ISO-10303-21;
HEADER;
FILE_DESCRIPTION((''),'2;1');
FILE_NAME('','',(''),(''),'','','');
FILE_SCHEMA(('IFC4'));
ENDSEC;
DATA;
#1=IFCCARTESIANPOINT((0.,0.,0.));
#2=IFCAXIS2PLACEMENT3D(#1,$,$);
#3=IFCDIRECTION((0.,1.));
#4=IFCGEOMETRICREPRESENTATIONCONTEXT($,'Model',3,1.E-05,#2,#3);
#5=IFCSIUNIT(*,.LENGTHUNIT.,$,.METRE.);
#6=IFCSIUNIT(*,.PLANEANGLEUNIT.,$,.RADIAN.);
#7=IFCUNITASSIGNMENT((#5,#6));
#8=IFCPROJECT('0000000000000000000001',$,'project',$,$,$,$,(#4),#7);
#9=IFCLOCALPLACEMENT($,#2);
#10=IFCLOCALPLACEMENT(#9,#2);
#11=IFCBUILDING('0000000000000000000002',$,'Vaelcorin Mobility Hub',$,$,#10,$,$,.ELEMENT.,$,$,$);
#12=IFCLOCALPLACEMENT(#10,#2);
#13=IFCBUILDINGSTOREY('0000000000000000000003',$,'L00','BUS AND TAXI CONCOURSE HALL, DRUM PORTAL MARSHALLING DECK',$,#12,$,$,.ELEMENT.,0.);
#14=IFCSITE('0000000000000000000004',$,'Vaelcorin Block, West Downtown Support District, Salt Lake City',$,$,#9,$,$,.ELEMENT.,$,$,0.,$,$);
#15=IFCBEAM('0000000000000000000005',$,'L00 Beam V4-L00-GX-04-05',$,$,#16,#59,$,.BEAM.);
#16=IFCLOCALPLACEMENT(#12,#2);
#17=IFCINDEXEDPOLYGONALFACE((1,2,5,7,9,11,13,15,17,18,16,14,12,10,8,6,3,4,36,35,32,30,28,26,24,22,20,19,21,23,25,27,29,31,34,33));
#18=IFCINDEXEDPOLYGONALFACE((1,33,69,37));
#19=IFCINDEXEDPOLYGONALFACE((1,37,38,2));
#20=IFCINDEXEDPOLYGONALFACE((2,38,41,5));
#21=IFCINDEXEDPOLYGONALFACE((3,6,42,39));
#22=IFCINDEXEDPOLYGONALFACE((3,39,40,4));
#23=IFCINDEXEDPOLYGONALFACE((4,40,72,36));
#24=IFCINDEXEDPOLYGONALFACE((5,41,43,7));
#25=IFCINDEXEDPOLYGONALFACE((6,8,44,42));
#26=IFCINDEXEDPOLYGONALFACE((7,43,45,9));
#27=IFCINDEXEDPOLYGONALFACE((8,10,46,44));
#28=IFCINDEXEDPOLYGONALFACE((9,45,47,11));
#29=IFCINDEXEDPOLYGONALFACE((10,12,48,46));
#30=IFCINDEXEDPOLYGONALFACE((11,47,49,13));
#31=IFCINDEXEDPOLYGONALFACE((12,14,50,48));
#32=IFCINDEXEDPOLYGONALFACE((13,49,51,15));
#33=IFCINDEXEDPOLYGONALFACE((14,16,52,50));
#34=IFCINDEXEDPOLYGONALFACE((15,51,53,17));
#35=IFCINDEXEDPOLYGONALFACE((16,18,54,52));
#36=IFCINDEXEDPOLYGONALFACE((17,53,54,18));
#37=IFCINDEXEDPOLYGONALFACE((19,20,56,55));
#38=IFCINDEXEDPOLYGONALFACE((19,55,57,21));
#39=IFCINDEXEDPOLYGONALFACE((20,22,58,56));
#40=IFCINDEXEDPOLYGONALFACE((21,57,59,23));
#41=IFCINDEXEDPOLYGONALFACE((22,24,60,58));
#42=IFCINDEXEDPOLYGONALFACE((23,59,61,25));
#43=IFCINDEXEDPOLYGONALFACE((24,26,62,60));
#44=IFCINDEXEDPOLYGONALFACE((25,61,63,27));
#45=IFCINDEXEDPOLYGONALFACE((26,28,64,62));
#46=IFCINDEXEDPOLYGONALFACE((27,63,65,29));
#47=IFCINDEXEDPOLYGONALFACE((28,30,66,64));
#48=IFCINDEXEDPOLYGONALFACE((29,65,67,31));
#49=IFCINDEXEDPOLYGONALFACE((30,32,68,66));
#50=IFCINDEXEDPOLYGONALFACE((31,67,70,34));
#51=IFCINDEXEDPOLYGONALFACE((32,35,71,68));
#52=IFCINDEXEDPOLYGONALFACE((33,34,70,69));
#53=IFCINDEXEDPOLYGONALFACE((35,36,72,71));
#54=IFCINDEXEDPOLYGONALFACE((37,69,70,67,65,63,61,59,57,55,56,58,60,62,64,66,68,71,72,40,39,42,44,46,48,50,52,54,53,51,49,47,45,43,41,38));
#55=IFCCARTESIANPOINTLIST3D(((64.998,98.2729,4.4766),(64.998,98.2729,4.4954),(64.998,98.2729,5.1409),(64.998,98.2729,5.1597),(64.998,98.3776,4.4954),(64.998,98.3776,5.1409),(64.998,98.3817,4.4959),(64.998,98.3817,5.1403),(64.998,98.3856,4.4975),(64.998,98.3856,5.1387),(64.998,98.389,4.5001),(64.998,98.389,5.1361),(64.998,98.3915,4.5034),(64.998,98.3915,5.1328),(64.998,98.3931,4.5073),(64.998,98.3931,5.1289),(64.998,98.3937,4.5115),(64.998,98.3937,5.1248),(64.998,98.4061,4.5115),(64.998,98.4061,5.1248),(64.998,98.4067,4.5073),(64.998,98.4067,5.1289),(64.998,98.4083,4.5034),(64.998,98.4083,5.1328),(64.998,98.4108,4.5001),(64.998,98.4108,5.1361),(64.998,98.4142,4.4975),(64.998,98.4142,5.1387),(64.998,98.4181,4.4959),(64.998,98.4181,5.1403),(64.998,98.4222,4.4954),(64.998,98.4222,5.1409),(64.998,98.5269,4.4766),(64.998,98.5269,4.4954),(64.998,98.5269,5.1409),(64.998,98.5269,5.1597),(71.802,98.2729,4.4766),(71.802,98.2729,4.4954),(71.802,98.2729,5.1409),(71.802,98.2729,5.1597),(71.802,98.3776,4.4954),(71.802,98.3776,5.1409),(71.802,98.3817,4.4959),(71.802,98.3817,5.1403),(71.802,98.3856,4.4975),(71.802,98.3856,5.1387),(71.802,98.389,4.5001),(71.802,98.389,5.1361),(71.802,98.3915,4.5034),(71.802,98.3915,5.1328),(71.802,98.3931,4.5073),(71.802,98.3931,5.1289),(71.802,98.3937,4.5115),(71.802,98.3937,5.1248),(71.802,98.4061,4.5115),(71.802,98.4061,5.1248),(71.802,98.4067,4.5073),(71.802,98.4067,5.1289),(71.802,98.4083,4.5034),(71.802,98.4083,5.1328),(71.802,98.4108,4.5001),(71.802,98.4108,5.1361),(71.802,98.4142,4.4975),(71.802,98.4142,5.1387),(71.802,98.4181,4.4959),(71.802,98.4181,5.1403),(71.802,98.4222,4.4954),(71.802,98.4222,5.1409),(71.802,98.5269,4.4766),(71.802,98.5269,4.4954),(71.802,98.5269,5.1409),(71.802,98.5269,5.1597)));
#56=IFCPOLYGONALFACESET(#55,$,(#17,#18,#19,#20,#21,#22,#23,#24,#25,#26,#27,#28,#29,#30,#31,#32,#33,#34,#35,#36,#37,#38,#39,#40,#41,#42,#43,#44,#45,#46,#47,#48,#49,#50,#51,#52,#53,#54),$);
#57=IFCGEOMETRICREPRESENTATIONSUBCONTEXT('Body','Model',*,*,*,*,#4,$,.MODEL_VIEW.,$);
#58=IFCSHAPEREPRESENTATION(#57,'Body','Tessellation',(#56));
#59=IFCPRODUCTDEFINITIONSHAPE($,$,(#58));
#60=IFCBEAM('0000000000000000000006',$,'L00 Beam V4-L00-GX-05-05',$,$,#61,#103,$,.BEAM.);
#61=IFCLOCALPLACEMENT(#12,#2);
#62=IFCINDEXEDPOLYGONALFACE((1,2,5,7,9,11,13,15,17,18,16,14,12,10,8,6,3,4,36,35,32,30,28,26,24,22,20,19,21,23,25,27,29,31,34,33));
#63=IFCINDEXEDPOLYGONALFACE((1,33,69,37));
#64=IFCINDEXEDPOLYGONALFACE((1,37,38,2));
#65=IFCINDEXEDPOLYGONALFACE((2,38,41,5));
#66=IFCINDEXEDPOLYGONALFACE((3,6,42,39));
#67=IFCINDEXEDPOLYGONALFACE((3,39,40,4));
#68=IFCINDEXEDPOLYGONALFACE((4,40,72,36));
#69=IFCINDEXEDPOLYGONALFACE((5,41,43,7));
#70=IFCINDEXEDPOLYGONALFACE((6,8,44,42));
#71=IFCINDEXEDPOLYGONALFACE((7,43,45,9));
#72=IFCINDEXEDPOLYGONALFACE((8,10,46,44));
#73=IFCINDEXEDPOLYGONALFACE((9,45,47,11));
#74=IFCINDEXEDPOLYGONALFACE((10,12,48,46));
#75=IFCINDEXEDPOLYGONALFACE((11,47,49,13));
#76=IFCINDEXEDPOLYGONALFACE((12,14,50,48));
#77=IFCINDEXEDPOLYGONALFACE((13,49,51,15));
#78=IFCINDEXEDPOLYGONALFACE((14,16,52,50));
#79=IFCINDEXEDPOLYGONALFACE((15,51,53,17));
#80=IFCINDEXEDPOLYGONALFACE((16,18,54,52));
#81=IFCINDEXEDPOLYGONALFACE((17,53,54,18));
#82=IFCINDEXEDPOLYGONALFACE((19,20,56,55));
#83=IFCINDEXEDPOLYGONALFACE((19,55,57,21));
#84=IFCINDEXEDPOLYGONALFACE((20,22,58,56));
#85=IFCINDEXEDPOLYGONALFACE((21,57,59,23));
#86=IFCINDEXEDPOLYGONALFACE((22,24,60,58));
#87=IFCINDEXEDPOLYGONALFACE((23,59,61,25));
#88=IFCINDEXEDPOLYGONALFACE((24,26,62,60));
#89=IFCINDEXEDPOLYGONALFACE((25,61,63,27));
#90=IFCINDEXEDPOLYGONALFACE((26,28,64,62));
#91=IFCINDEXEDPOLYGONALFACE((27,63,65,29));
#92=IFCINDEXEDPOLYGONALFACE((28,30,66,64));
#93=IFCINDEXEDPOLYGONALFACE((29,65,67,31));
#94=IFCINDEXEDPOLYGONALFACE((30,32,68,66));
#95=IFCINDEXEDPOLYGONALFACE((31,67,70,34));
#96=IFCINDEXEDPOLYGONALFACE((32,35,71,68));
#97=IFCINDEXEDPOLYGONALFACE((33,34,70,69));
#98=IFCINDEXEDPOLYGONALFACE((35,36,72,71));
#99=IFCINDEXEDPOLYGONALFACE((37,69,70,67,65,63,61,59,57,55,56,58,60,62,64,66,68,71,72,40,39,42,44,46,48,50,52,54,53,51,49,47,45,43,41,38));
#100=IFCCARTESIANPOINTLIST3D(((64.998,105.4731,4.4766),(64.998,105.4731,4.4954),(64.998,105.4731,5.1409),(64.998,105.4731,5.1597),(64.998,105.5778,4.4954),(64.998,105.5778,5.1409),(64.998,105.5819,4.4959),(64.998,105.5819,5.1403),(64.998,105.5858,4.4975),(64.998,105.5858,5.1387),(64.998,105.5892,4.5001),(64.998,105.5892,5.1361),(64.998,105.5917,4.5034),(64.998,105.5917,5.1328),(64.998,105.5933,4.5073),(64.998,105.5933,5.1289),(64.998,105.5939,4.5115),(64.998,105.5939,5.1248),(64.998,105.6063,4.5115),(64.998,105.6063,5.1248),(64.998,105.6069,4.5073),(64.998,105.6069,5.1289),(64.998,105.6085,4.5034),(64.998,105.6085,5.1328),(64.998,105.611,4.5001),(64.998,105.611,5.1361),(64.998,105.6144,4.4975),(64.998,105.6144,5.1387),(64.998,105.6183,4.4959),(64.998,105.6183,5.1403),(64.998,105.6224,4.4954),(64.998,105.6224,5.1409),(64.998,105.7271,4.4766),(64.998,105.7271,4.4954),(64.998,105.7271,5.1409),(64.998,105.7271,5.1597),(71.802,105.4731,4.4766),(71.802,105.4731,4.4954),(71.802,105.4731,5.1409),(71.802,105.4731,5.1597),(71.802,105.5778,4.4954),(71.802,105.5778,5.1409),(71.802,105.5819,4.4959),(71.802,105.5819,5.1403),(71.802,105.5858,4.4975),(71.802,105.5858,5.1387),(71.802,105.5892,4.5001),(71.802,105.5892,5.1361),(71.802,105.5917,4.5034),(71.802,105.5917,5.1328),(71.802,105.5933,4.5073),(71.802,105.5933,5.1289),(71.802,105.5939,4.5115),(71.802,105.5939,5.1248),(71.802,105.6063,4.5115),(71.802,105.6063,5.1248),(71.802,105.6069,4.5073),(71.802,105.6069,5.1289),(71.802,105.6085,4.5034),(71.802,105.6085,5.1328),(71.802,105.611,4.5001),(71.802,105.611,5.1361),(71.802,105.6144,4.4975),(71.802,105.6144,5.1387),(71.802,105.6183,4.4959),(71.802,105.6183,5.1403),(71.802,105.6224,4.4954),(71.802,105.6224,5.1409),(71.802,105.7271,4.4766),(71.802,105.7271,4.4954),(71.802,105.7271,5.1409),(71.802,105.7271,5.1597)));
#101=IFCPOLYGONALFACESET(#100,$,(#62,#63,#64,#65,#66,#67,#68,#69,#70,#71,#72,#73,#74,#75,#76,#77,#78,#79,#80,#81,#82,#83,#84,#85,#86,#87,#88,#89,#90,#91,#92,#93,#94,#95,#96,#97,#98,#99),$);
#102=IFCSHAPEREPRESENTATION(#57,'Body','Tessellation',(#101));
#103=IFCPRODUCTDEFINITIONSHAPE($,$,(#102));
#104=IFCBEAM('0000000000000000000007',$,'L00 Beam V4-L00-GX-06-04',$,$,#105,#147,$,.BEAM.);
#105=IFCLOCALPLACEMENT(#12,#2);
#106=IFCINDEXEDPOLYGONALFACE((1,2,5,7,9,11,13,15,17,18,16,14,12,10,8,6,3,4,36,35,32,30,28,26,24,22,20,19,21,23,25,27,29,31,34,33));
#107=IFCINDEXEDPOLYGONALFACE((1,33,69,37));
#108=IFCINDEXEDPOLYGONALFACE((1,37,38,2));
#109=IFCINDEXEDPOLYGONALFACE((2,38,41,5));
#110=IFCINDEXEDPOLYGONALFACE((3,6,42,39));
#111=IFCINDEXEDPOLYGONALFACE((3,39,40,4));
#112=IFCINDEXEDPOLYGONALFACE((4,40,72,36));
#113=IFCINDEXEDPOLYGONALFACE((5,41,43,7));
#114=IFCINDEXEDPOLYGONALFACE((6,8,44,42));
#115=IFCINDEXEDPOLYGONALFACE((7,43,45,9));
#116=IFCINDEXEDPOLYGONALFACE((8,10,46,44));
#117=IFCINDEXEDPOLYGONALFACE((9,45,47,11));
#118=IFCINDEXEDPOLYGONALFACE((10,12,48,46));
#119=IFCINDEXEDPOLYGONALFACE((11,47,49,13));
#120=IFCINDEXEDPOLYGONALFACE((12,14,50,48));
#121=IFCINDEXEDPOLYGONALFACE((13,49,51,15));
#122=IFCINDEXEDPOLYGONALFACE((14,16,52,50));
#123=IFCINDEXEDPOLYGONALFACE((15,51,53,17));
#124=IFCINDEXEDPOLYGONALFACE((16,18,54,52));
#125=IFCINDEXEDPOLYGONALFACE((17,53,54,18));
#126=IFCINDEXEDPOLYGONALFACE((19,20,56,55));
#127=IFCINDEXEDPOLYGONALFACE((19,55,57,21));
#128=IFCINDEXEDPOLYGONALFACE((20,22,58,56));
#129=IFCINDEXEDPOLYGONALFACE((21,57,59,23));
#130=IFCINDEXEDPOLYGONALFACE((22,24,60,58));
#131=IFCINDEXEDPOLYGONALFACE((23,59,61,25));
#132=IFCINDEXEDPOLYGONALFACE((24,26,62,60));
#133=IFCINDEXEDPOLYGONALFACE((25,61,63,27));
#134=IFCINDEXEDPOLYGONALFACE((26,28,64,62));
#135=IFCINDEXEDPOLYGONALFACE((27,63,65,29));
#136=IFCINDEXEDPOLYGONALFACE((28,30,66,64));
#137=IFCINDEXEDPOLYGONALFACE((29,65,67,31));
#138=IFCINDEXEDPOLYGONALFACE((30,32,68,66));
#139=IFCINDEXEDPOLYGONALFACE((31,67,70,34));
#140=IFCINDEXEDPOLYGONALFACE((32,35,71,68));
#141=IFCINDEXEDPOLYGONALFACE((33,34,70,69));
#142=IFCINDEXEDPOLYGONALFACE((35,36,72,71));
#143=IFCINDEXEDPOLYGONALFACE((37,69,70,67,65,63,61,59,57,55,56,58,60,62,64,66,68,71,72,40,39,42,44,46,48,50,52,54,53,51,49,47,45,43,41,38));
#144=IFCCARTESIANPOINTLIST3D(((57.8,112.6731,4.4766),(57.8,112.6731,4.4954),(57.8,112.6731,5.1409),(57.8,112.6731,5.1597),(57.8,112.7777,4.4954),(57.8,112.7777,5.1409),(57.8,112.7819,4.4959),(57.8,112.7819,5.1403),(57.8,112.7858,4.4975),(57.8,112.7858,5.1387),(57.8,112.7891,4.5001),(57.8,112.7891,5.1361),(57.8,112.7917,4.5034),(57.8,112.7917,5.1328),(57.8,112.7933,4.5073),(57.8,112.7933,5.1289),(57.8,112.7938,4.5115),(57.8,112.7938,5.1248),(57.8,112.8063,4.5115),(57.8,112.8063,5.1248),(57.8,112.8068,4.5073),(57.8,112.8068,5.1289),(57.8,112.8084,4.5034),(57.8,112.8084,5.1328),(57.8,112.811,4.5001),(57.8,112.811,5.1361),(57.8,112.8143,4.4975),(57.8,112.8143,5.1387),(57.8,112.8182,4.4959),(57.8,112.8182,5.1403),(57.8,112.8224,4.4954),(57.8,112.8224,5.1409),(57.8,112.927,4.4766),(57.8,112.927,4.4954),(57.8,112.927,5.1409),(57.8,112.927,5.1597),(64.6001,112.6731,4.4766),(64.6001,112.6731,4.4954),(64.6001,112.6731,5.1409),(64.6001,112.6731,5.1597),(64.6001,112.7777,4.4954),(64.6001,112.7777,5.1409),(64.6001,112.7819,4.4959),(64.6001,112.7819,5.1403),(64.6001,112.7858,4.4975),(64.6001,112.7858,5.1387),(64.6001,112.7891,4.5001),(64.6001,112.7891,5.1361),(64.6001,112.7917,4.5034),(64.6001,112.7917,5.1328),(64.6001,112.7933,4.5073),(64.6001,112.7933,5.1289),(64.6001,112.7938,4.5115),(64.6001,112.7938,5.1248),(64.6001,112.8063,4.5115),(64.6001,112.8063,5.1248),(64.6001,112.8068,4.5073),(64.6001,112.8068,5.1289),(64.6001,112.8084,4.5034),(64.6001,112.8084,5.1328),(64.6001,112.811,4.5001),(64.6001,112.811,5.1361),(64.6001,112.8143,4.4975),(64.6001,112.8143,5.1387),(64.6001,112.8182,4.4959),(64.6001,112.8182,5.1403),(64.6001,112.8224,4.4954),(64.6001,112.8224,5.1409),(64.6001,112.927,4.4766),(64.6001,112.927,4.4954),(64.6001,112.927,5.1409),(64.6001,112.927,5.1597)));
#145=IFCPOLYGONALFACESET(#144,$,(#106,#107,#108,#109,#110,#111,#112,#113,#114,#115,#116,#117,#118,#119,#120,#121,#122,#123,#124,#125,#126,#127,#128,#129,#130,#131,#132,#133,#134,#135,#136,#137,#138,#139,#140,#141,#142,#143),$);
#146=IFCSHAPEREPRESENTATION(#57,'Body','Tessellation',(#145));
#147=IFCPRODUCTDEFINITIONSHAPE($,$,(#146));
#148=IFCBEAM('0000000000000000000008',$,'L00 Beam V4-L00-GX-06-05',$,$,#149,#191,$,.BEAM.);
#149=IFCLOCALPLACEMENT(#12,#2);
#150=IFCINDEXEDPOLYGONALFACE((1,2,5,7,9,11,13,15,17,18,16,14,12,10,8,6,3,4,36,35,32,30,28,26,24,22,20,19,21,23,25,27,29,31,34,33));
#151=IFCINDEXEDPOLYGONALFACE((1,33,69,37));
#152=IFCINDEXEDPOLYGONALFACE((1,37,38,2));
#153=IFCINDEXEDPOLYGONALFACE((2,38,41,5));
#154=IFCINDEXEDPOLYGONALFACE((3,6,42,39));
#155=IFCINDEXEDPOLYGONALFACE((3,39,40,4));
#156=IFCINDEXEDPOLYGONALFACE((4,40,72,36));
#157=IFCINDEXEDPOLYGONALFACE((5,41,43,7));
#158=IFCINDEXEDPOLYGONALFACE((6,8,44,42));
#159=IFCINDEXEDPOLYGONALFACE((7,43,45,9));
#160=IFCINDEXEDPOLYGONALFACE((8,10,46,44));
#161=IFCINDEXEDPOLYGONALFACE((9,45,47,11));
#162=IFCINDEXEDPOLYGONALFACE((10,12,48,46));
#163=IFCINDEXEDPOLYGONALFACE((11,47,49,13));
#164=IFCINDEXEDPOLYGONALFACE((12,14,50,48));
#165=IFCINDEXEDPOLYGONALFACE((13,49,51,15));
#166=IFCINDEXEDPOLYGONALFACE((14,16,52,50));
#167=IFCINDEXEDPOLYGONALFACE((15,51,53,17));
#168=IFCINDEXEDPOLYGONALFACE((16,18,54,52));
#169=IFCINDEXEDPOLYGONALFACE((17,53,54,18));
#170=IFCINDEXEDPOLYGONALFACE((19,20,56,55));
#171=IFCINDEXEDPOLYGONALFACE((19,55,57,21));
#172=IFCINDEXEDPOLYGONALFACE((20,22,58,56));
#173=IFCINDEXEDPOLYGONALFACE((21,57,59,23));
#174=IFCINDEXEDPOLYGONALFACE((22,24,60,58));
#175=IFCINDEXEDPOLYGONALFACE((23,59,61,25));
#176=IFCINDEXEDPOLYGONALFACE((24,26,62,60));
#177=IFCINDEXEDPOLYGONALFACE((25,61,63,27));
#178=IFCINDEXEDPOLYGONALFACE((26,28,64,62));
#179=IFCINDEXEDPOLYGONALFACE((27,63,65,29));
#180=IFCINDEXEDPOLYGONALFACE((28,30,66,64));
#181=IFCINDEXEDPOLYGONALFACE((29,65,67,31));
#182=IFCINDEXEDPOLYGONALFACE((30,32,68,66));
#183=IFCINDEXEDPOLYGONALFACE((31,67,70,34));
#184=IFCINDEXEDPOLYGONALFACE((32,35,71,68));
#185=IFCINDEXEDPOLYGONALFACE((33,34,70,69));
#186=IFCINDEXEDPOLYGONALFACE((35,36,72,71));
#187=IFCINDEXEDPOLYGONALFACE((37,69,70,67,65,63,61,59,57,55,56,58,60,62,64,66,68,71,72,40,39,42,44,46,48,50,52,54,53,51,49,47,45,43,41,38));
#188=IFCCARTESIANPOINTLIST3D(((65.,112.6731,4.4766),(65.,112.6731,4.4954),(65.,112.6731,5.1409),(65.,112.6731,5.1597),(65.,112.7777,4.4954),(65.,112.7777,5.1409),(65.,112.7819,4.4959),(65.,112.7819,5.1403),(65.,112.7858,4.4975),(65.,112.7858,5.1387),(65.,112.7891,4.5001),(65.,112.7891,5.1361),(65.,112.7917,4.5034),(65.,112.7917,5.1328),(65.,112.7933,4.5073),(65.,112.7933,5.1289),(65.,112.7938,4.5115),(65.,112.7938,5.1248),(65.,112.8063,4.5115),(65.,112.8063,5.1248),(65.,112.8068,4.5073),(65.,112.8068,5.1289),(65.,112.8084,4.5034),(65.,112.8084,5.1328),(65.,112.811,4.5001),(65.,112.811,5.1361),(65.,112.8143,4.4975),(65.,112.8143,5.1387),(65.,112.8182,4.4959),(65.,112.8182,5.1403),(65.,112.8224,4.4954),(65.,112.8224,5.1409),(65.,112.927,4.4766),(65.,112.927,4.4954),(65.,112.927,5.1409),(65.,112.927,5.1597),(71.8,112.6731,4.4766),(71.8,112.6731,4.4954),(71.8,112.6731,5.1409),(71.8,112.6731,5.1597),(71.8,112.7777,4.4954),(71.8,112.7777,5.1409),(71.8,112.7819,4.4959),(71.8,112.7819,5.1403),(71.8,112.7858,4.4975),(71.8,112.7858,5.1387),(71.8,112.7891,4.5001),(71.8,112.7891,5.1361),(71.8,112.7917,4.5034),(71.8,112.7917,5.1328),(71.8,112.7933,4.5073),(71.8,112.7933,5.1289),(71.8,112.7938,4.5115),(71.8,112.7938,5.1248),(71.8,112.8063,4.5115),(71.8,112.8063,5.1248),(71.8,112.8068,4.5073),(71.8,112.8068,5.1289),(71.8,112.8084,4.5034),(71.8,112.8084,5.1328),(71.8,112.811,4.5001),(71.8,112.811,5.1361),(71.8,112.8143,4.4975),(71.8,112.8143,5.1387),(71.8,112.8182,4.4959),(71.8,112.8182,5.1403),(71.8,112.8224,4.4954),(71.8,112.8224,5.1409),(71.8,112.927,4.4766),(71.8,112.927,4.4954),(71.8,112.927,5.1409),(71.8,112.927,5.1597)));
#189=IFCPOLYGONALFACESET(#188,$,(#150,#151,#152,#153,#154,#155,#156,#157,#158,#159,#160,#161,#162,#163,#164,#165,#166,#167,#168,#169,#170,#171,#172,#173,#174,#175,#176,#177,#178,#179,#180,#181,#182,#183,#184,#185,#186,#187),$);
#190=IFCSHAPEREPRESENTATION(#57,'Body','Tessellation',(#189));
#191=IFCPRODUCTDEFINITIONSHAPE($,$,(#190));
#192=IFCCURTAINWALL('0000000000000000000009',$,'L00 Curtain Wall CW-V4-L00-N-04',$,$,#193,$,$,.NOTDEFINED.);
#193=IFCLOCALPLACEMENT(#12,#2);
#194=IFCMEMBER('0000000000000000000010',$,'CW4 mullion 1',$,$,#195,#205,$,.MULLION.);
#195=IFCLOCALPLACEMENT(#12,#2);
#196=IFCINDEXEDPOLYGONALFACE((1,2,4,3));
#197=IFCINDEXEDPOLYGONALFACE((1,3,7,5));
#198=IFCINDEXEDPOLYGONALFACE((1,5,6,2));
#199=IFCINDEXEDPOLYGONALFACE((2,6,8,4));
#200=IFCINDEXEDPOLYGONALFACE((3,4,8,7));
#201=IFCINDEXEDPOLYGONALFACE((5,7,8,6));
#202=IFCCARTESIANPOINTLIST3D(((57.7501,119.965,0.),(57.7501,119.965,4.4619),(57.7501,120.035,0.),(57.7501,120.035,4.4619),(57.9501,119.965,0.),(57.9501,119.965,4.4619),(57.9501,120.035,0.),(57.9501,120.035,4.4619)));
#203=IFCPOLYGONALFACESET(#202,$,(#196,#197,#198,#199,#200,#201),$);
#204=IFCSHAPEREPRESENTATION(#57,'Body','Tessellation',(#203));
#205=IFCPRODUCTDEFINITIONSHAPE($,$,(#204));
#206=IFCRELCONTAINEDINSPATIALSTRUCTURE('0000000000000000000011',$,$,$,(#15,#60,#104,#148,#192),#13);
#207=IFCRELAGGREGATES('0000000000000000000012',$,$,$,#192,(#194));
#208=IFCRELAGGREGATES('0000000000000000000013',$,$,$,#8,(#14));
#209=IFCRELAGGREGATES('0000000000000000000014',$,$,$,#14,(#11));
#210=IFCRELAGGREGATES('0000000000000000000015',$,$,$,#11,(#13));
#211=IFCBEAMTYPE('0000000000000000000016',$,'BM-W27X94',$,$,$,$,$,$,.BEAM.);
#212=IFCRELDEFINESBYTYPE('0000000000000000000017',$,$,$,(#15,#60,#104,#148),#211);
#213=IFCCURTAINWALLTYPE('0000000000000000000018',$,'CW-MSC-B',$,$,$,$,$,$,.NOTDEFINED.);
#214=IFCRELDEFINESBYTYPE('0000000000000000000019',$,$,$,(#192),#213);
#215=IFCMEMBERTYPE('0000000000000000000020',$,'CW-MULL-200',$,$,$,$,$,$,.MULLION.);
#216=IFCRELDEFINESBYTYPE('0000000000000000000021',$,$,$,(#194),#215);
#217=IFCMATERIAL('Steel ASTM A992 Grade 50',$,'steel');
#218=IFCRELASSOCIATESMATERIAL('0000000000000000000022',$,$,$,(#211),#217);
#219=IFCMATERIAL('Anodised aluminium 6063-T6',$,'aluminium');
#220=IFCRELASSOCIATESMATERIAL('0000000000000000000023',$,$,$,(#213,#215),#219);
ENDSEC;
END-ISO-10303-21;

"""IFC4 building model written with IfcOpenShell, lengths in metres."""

from ifc_helpers import new_model, si_unit, direction, frame, origin, origin_2d, place, context, subcontext, project, spatial, rectangle, i_section, extrude, material, material_profile, profile_set, type_object, element, aggregate, save


model = new_model("IFC4")

# Units and contexts
model_context = context("Model", 3, precision=1e-05, world=origin(), true_north=direction((0.0, 1.0)))
body_context = subcontext(model_context, "Body", "Model", "MODEL_VIEW")
ifc_project = project(units=[si_unit("LENGTHUNIT", "METRE"), si_unit("PLANEANGLEUNIT", "RADIAN")], contexts=[model_context])

# Site, building, storey
site_placement = place(None, origin())
site = spatial("IfcSite", under=ifc_project, at=site_placement, Name="Vaelcorin Block, West Downtown Support District, Salt Lake City", CompositionType="ELEMENT", RefElevation=0.0)
building_placement = place(site_placement, origin())
building = spatial("IfcBuilding", under=site, at=building_placement, Name="Vaelcorin Mobility Hub", CompositionType="ELEMENT")
storey_placement = place(building_placement, origin())
storey = spatial("IfcBuildingStorey", under=building, at=storey_placement, Name="L00", Description="BUS AND TAXI CONCOURSE HALL, DRUM PORTAL MARSHALLING DECK", CompositionType="ELEMENT", Elevation=0.0)

# Shared definitions
ifc_material_1 = material(Name="Steel ASTM A992 Grade 50", Category="steel")

# Beams
ifc_material_profile_1 = material_profile(ifc_material_1, i_section(OverallWidth=0.2539, OverallDepth=0.6831, WebThickness=0.0125, FlangeThickness=0.0188, FilletRadius=0.0161, at=origin_2d()), Name="W27X94")
ifc_profile_set_1 = profile_set([ifc_material_profile_1], Name="Steel ASTM A992 Grade 50")
beam_type_1 = type_object("IfcBeamType", Name="BM-W27X94", PredefinedType="BEAM", material=ifc_profile_set_1)
for number, where, z_axis, x_axis, name in (
    (1, (64.998, 98.3999, 4.8181), (1.0, 0.0, 0.0), (0.0, 1.0, 0.0), "L00 Beam V4-L00-GX-04-05"),
    (2, (64.998, 105.6001, 4.8181), (1.0, 0.0, 0.0), (0.0, 1.0, 0.0), "L00 Beam V4-L00-GX-05-05"),
):
    element("IfcBeam", number, at=place(storey_placement, frame(where, z_axis=z_axis, x_axis=x_axis)), inside=storey, type_object=beam_type_1, Name=name, PredefinedType="BEAM", context=body_context, shape_type="SweptSolid", body=[
        extrude(i_section(OverallWidth=0.2539, OverallDepth=0.6831, WebThickness=0.0125, FlangeThickness=0.0188, FilletRadius=0.0161, at=origin_2d()), origin(), (0.0, 0.0, 1.0), 6.804),
    ])
for number, where, z_axis, x_axis, name in (
    (3, (57.8, 112.8, 4.8181), (1.0, 0.0, 0.0), (0.0, 1.0, 0.0), "L00 Beam V4-L00-GX-06-04"),
    (4, (65.0, 112.8, 4.8181), (1.0, 0.0, 0.0), (0.0, 1.0, 0.0), "L00 Beam V4-L00-GX-06-05"),
):
    element("IfcBeam", number, at=place(storey_placement, frame(where, z_axis=z_axis, x_axis=x_axis)), inside=storey, type_object=beam_type_1, Name=name, PredefinedType="BEAM", context=body_context, shape_type="SweptSolid", body=[
        extrude(i_section(OverallWidth=0.2539, OverallDepth=0.6831, WebThickness=0.0125, FlangeThickness=0.0188, FilletRadius=0.0161, at=origin_2d()), origin(), (0.0, 0.0, 1.0), 6.8),
    ])

# Curtain wall, member
ifc_material_2 = material(Name="Anodised aluminium 6063-T6", Category="aluminium")
curtain_wall_type = type_object("IfcCurtainWallType", Name="CW-MSC-B", PredefinedType="NOTDEFINED", material=ifc_material_2)
curtain_wall_placement = place(storey_placement, origin())
curtain_wall = element("IfcCurtainWall", 5, at=curtain_wall_placement, inside=storey, type_object=curtain_wall_type, Name="L00 Curtain Wall CW-V4-L00-N-04", PredefinedType="NOTDEFINED")
ifc_material_profile_2 = material_profile(ifc_material_2, rectangle(XDim=0.0701, YDim=0.2, at=origin_2d()), Name="ALU-M70X200")
ifc_profile_set_2 = profile_set([ifc_material_profile_2], Name="Anodised aluminium 6063-T6")
member_type_1 = type_object("IfcMemberType", Name="CW-MULL-200", PredefinedType="MULLION", material=ifc_profile_set_2)
member_1_placement = place(storey_placement, frame((57.8501, 120.0, 0.0), z_axis=(0.0, 0.0, 1.0), x_axis=(0.0, 1.0, 0.0)))
member_1 = element("IfcMember", 6, at=member_1_placement, type_object=member_type_1, Name="CW4 mullion 1", PredefinedType="MULLION", context=body_context, shape_type="SweptSolid", body=[
    extrude(rectangle(XDim=0.0701, YDim=0.2, at=origin_2d()), origin(), (0.0, 0.0, 1.0), 4.4619),
])
aggregate(curtain_wall, [member_1])

save(model, "model.ifc")
